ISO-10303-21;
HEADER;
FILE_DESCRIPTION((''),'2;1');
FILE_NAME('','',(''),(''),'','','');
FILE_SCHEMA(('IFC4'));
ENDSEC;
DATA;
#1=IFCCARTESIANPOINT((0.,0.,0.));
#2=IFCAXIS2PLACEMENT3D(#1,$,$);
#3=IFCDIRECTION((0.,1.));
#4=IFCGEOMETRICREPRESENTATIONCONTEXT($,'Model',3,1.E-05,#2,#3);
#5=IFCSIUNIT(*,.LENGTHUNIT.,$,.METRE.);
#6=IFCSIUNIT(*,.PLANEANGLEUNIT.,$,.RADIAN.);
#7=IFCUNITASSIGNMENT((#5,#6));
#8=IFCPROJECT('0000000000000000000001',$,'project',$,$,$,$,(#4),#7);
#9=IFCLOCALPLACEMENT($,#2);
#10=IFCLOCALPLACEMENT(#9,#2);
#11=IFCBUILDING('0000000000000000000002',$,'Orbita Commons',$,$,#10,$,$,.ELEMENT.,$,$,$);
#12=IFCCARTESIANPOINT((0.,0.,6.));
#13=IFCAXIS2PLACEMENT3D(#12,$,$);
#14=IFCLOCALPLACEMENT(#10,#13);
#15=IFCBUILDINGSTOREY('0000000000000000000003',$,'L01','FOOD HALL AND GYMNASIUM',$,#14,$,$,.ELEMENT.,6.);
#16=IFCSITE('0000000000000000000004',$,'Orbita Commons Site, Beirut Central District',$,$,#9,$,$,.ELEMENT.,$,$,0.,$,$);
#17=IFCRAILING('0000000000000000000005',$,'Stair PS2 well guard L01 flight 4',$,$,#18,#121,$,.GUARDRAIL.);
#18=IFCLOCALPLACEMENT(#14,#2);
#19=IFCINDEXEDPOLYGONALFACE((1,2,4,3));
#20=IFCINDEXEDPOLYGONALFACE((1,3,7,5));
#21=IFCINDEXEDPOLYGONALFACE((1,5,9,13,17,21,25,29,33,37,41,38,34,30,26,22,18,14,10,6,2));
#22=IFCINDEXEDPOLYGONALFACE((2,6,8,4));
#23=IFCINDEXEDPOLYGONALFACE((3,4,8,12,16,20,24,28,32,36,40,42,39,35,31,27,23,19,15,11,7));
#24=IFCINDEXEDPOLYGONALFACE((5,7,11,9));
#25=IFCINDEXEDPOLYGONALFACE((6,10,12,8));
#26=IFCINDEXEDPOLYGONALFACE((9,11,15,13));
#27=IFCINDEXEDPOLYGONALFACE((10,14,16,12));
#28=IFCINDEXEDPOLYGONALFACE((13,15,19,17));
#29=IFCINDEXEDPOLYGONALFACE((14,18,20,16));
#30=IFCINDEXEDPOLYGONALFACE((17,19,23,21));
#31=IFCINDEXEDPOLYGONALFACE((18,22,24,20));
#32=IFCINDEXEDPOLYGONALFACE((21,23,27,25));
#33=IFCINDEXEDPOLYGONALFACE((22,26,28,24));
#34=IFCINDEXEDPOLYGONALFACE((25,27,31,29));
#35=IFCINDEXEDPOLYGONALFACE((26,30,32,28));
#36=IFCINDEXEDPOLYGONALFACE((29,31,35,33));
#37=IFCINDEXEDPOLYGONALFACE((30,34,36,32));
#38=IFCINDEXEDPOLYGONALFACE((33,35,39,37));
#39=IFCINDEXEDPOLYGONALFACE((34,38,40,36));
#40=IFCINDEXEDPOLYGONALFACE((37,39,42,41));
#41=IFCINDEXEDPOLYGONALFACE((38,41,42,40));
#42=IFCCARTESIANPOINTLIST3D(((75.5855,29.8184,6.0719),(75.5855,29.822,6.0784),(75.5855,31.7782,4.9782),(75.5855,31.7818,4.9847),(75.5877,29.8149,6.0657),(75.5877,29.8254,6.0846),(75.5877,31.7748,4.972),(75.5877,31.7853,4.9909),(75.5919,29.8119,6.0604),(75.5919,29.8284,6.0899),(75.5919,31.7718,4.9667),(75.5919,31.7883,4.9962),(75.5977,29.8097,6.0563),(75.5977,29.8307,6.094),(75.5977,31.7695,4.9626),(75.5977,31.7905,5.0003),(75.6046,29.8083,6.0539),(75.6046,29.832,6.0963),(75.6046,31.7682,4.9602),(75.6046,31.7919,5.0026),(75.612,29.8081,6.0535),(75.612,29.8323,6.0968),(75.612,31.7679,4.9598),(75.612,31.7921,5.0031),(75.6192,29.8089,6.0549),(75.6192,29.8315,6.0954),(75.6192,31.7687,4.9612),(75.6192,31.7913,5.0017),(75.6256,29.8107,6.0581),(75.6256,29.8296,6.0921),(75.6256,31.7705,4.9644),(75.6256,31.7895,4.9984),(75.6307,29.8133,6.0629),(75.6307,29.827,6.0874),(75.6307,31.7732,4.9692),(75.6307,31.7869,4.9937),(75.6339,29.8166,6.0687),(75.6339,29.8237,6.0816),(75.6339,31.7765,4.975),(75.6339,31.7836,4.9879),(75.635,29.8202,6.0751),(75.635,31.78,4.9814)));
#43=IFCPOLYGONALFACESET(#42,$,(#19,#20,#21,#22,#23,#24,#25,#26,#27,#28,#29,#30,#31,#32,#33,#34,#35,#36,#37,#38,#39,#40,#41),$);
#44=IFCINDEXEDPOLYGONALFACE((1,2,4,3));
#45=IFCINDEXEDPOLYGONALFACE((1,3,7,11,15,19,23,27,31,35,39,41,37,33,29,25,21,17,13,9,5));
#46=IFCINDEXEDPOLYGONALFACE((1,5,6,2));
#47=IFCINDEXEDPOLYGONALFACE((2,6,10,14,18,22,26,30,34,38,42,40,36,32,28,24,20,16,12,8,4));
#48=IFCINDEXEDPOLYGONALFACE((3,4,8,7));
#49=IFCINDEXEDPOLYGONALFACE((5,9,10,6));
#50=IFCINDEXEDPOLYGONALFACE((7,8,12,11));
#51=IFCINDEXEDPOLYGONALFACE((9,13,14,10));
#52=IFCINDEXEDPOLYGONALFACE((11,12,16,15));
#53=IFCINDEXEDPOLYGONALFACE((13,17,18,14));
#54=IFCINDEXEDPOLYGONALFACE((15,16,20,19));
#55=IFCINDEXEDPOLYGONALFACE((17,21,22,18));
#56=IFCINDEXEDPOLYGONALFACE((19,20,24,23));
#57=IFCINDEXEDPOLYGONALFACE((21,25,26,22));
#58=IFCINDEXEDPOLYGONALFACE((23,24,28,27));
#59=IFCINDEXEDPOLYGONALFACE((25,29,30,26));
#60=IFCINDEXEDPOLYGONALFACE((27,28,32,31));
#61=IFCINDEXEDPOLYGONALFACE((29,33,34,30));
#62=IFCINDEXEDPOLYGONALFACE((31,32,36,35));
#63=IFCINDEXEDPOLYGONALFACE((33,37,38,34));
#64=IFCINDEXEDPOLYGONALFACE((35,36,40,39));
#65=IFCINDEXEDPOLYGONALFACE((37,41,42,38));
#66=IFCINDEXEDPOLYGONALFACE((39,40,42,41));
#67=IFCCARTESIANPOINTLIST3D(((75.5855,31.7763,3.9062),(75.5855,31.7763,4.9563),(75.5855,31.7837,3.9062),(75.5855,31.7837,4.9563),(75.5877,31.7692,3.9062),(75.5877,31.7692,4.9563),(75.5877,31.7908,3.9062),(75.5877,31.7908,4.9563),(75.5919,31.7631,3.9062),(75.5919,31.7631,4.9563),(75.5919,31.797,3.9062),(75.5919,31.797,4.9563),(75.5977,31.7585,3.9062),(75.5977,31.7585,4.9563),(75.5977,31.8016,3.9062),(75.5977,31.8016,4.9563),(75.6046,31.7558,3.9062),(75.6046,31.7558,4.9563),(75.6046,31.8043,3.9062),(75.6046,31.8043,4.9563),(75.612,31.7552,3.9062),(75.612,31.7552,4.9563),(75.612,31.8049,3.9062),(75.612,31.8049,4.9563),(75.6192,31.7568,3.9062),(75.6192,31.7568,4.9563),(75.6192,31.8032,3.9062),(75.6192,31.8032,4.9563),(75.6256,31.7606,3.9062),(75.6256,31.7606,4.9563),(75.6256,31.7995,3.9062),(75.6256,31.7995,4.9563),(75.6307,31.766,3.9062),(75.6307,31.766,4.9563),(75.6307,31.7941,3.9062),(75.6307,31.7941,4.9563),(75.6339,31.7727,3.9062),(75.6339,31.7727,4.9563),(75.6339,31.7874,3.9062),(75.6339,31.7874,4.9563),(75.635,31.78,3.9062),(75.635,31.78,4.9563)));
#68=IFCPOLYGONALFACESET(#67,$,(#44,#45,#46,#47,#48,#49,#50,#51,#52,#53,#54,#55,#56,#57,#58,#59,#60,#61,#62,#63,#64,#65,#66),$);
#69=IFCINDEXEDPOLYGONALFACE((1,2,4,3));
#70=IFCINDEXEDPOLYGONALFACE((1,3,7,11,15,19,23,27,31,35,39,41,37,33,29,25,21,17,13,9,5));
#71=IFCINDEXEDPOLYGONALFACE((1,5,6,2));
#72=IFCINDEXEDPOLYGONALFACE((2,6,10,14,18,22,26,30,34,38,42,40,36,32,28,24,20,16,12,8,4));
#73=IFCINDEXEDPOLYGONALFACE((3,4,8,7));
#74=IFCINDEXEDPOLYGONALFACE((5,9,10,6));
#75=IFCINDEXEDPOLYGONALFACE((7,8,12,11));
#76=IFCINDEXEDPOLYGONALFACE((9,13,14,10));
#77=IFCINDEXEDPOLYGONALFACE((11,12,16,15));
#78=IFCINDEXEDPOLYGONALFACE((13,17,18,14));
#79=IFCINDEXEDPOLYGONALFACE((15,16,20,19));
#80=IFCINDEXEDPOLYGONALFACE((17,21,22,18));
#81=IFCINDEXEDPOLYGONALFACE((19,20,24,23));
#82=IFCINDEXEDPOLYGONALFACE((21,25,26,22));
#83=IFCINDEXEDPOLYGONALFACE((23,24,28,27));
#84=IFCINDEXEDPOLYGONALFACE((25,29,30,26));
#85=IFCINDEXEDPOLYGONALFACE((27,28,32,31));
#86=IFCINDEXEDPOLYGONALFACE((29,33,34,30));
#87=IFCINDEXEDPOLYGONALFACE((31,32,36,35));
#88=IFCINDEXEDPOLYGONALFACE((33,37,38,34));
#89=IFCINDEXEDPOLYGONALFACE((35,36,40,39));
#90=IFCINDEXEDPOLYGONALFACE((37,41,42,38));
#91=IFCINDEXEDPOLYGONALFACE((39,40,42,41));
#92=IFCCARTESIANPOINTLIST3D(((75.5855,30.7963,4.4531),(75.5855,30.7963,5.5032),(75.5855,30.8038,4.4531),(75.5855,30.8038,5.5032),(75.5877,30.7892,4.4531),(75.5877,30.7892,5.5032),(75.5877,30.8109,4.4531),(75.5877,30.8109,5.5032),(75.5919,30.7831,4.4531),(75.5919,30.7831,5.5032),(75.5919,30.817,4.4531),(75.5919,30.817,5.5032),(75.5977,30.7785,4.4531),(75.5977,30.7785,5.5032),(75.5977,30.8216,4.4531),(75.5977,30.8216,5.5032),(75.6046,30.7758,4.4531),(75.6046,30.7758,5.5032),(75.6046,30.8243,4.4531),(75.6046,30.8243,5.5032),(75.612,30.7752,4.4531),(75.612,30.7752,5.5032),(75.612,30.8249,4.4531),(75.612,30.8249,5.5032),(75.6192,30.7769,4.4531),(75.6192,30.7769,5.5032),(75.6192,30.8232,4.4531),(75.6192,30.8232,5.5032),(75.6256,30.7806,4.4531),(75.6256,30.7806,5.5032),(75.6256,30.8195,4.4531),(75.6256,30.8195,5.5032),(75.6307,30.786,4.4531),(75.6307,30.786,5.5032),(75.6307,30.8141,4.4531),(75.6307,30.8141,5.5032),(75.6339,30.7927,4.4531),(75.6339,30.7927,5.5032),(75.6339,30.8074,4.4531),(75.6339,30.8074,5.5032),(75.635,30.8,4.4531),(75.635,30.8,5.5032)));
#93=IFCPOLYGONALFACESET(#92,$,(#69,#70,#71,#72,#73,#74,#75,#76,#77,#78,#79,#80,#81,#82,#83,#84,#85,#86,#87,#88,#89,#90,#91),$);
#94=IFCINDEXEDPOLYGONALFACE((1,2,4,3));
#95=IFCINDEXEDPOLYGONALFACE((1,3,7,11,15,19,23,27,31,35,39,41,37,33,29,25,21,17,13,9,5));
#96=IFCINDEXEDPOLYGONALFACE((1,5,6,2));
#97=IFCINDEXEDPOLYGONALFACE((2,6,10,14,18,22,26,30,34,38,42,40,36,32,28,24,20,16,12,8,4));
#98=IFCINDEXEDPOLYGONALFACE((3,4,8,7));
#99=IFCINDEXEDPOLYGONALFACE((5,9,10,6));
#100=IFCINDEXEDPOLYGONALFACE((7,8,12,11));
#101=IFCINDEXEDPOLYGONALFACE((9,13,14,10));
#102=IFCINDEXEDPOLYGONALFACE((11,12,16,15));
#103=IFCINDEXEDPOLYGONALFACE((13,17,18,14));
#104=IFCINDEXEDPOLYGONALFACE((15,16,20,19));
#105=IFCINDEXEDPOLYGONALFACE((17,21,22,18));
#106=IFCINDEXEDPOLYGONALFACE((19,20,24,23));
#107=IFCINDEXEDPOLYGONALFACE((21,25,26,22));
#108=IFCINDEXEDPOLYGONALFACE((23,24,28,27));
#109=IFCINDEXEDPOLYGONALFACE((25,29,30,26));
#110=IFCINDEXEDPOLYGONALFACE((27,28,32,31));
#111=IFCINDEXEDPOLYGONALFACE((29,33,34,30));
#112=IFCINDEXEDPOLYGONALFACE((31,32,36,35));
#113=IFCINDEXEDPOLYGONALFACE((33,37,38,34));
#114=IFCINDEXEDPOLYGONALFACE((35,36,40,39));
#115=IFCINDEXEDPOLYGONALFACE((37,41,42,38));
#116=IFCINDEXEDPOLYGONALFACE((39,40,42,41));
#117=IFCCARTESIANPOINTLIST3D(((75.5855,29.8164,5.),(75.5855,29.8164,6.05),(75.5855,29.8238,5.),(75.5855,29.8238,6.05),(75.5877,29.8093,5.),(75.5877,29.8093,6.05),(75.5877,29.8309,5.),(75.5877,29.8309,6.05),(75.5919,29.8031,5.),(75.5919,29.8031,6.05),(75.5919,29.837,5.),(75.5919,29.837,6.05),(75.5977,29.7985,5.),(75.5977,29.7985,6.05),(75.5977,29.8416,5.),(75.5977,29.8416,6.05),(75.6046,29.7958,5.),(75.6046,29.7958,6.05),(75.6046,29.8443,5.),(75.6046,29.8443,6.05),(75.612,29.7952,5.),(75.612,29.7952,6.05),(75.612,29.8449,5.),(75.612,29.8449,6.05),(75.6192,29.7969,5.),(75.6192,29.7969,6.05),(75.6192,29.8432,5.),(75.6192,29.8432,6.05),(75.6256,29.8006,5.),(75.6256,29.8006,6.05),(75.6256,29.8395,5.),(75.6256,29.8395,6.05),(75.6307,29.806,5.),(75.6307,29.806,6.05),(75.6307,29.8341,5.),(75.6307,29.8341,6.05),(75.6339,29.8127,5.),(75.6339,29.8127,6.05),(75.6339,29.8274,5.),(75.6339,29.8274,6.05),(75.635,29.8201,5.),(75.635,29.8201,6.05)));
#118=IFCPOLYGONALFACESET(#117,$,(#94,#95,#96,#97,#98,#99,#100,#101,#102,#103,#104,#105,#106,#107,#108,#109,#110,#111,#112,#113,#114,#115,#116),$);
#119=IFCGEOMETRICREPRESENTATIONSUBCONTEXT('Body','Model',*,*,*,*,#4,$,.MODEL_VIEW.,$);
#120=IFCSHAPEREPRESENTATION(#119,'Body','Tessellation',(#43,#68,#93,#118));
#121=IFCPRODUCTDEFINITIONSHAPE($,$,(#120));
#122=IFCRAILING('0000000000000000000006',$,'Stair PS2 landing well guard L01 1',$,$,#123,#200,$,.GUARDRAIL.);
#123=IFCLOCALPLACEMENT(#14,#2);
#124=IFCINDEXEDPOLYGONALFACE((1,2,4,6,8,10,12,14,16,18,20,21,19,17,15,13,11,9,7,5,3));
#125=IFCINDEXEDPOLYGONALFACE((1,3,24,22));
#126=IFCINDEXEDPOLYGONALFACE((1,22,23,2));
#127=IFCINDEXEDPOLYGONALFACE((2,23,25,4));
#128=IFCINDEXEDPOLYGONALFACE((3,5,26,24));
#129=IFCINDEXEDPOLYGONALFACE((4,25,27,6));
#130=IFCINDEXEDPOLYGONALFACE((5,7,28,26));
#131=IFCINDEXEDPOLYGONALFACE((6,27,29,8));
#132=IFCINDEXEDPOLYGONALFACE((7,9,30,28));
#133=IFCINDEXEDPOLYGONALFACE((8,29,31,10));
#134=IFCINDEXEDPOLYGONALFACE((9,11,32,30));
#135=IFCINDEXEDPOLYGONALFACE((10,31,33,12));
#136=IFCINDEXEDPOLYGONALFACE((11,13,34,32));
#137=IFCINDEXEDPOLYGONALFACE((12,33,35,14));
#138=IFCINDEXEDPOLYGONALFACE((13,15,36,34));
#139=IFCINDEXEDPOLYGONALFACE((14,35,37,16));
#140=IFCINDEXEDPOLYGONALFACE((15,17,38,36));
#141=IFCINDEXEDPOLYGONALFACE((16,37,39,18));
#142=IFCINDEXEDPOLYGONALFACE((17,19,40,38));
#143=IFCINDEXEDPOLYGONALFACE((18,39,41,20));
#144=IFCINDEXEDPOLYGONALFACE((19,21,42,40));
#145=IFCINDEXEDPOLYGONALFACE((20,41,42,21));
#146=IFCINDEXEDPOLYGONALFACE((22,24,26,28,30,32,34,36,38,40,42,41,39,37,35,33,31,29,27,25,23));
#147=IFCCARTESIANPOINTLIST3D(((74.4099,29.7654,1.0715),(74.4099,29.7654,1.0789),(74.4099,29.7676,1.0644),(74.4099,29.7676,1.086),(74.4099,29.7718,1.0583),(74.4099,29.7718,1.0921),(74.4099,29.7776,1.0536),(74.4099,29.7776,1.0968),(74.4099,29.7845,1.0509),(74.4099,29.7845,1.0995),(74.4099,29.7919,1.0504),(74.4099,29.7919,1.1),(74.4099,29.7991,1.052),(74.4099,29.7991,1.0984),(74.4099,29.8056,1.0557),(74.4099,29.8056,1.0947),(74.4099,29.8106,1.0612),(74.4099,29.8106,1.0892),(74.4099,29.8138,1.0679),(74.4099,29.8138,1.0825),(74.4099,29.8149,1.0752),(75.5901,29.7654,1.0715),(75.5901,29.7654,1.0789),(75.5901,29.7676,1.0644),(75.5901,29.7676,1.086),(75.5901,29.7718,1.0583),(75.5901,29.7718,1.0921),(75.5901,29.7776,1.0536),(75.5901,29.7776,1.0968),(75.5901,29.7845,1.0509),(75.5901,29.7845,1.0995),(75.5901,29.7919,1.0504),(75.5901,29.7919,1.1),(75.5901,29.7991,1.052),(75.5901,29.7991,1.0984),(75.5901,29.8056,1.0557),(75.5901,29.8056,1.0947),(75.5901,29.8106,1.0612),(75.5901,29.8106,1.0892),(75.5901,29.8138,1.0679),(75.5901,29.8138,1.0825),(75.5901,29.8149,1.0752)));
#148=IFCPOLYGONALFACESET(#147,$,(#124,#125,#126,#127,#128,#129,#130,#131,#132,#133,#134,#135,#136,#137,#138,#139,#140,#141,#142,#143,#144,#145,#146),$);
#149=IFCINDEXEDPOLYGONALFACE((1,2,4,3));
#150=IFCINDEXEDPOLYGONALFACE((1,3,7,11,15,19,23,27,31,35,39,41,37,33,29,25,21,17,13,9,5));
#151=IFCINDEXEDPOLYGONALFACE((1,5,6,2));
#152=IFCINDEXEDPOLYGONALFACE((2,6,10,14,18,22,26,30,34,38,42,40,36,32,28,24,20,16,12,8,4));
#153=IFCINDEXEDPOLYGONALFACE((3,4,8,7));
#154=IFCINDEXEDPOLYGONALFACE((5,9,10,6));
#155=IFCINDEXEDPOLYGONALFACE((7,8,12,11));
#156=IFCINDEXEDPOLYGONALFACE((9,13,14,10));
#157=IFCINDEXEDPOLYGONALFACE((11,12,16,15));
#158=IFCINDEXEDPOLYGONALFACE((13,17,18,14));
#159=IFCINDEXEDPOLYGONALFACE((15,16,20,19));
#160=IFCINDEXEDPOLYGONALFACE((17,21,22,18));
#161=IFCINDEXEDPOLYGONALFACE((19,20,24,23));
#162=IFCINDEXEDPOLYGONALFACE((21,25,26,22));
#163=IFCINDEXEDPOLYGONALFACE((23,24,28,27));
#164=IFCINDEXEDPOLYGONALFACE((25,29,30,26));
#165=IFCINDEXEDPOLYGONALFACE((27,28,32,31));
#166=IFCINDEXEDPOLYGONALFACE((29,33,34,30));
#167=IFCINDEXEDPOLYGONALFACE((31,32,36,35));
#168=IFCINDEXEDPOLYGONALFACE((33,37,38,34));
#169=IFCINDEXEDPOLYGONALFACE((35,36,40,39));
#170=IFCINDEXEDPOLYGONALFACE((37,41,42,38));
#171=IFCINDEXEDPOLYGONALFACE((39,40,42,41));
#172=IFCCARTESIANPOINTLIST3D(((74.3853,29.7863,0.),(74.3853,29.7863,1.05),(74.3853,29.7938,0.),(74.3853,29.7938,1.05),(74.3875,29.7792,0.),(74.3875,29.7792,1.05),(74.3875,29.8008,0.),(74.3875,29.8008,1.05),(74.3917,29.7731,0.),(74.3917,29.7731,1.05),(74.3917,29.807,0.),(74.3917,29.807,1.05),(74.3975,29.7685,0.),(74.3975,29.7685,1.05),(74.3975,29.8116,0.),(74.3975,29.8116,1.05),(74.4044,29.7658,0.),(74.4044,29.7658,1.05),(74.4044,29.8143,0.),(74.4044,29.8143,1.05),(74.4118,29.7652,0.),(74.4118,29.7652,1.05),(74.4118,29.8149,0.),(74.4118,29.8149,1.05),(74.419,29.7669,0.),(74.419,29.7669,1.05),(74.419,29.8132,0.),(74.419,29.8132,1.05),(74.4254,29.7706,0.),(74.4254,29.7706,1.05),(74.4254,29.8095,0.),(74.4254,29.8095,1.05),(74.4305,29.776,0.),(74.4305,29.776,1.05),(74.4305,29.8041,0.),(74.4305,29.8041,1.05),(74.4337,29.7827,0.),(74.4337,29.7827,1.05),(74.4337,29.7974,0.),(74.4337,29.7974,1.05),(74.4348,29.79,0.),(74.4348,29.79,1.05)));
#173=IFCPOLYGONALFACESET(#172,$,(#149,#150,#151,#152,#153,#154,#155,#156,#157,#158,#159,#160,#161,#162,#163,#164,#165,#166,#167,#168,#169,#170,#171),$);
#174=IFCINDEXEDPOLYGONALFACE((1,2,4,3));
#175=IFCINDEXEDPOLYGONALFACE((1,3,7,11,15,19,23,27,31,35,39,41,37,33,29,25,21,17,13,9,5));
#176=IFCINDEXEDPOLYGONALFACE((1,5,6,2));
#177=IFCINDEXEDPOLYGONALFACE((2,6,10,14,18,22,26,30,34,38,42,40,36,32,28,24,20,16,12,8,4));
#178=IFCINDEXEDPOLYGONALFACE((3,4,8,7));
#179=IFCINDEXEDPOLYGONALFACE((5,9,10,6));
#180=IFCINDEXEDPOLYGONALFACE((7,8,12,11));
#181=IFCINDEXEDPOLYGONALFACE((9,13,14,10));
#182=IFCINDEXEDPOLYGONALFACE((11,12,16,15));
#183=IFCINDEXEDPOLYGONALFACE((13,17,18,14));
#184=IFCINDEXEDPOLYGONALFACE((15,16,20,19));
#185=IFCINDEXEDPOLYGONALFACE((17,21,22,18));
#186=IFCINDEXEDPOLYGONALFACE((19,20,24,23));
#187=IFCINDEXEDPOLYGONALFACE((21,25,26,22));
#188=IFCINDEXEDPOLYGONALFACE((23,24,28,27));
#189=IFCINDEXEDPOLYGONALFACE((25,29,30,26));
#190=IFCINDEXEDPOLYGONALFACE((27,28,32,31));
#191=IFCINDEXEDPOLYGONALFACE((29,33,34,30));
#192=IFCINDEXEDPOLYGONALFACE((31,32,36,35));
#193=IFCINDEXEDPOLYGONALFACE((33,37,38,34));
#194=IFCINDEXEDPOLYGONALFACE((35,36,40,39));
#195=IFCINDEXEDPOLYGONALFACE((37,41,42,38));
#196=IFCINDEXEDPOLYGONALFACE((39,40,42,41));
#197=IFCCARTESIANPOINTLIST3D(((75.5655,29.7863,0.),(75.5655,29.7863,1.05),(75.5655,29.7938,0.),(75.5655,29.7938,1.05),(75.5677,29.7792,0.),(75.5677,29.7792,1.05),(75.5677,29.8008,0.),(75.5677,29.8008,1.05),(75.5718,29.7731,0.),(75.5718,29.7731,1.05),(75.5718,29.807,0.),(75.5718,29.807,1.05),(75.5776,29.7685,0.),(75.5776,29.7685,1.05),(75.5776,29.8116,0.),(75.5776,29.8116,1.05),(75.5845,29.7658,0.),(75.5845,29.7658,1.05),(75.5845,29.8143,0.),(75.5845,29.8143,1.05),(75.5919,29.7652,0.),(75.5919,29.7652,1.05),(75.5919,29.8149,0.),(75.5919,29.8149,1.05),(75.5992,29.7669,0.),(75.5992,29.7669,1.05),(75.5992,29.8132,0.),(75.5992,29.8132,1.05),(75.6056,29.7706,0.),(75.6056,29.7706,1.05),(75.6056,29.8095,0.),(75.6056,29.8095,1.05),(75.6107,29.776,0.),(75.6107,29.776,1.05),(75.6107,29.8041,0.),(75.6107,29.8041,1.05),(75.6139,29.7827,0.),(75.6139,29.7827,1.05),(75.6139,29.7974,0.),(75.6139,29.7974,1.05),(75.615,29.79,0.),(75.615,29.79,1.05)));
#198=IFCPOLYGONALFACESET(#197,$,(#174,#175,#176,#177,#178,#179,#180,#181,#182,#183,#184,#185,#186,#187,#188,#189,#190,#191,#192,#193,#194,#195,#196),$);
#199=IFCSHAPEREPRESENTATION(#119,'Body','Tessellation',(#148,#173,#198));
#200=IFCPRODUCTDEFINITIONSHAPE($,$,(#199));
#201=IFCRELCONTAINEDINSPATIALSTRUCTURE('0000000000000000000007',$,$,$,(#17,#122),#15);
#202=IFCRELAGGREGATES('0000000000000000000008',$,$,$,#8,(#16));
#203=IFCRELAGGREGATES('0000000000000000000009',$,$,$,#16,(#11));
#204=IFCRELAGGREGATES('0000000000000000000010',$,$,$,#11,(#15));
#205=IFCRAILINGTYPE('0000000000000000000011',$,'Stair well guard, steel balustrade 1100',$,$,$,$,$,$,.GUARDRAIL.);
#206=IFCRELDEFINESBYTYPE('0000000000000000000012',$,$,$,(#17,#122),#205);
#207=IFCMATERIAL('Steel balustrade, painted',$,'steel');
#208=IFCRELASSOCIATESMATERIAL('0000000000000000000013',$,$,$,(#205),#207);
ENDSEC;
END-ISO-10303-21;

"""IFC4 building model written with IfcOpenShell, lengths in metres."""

from ifc_helpers import new_model, si_unit, direction, frame, origin, origin_2d, place, context, subcontext, project, spatial, circle, extrude, material, type_object, element, save


model = new_model("IFC4")

# Units and contexts
model_context = context("Model", 3, precision=1e-05, world=origin(), true_north=direction((0.0, 1.0)))
body_context = subcontext(model_context, "Body", "Model", "MODEL_VIEW")
ifc_project = project(units=[si_unit("LENGTHUNIT", "METRE"), si_unit("PLANEANGLEUNIT", "RADIAN")], contexts=[model_context])

# Site, building, storey
site_placement = place(None, origin())
site = spatial("IfcSite", under=ifc_project, at=site_placement, Name="Orbita Commons Site, Beirut Central District", CompositionType="ELEMENT", RefElevation=0.0)
building_placement = place(site_placement, origin())
building = spatial("IfcBuilding", under=site, at=building_placement, Name="Orbita Commons", CompositionType="ELEMENT")
storey_placement = place(building_placement, frame((0.0, 0.0, 6.0)))
storey = spatial("IfcBuildingStorey", under=building, at=storey_placement, Name="L01", Description="FOOD HALL AND GYMNASIUM", CompositionType="ELEMENT", Elevation=6.0)

# Railings
ifc_material_1 = material(Name="Steel balustrade, painted", Category="steel")
railing_type_1 = type_object("IfcRailingType", Name="Stair well guard, steel balustrade 1100", PredefinedType="GUARDRAIL", material=ifc_material_1)
railing_1_placement = place(storey_placement, frame((75.6101, 31.78, 3.9062)))
element("IfcRailing", 1, at=railing_1_placement, inside=storey, type_object=railing_type_1, Name="Stair PS2 well guard L01 flight 4", PredefinedType="GUARDRAIL", context=body_context, shape_type="SweptSolid", body=[
    extrude(circle(Radius=0.0249, at=origin_2d()), frame((0.0, 0.0, 1.0752), z_axis=(0.0, -0.873232, 0.487304), x_axis=(1.0, 0.0, 0.0)), (0.0, 0.0, 1.0), 2.2444),
    extrude(circle(Radius=0.0249, at=origin_2d()), origin(), (0.0, 0.0, 1.0), 1.05),
    extrude(circle(Radius=0.0249, at=origin_2d()), frame((0.0, -0.98, 0.5469)), (0.0, 0.0, 1.0), 1.05),
    extrude(circle(Radius=0.0249, at=origin_2d()), frame((0.0, -1.96, 1.0938)), (0.0, 0.0, 1.0), 1.05),
])
for number, where, name in (
    (2, (74.4099, 29.79, 0.0), "Stair PS2 landing well guard L01 1"),
):
    element("IfcRailing", number, at=place(storey_placement, frame(where)), inside=storey, type_object=railing_type_1, Name=name, PredefinedType="GUARDRAIL", context=body_context, shape_type="SweptSolid", body=[
        extrude(circle(Radius=0.0249, at=origin_2d()), frame((0.0, 0.0, 1.0752), z_axis=(1.0, 0.0, 0.0), x_axis=(0.0, 1.0, 0.0)), (0.0, 0.0, 1.0), 1.1802),
        extrude(circle(Radius=0.0249, at=origin_2d()), origin(), (0.0, 0.0, 1.0), 1.05),
        extrude(circle(Radius=0.0249, at=origin_2d()), frame((1.1802, 0.0, 0.0)), (0.0, 0.0, 1.0), 1.05),
    ])

save(model, "model.ifc")
